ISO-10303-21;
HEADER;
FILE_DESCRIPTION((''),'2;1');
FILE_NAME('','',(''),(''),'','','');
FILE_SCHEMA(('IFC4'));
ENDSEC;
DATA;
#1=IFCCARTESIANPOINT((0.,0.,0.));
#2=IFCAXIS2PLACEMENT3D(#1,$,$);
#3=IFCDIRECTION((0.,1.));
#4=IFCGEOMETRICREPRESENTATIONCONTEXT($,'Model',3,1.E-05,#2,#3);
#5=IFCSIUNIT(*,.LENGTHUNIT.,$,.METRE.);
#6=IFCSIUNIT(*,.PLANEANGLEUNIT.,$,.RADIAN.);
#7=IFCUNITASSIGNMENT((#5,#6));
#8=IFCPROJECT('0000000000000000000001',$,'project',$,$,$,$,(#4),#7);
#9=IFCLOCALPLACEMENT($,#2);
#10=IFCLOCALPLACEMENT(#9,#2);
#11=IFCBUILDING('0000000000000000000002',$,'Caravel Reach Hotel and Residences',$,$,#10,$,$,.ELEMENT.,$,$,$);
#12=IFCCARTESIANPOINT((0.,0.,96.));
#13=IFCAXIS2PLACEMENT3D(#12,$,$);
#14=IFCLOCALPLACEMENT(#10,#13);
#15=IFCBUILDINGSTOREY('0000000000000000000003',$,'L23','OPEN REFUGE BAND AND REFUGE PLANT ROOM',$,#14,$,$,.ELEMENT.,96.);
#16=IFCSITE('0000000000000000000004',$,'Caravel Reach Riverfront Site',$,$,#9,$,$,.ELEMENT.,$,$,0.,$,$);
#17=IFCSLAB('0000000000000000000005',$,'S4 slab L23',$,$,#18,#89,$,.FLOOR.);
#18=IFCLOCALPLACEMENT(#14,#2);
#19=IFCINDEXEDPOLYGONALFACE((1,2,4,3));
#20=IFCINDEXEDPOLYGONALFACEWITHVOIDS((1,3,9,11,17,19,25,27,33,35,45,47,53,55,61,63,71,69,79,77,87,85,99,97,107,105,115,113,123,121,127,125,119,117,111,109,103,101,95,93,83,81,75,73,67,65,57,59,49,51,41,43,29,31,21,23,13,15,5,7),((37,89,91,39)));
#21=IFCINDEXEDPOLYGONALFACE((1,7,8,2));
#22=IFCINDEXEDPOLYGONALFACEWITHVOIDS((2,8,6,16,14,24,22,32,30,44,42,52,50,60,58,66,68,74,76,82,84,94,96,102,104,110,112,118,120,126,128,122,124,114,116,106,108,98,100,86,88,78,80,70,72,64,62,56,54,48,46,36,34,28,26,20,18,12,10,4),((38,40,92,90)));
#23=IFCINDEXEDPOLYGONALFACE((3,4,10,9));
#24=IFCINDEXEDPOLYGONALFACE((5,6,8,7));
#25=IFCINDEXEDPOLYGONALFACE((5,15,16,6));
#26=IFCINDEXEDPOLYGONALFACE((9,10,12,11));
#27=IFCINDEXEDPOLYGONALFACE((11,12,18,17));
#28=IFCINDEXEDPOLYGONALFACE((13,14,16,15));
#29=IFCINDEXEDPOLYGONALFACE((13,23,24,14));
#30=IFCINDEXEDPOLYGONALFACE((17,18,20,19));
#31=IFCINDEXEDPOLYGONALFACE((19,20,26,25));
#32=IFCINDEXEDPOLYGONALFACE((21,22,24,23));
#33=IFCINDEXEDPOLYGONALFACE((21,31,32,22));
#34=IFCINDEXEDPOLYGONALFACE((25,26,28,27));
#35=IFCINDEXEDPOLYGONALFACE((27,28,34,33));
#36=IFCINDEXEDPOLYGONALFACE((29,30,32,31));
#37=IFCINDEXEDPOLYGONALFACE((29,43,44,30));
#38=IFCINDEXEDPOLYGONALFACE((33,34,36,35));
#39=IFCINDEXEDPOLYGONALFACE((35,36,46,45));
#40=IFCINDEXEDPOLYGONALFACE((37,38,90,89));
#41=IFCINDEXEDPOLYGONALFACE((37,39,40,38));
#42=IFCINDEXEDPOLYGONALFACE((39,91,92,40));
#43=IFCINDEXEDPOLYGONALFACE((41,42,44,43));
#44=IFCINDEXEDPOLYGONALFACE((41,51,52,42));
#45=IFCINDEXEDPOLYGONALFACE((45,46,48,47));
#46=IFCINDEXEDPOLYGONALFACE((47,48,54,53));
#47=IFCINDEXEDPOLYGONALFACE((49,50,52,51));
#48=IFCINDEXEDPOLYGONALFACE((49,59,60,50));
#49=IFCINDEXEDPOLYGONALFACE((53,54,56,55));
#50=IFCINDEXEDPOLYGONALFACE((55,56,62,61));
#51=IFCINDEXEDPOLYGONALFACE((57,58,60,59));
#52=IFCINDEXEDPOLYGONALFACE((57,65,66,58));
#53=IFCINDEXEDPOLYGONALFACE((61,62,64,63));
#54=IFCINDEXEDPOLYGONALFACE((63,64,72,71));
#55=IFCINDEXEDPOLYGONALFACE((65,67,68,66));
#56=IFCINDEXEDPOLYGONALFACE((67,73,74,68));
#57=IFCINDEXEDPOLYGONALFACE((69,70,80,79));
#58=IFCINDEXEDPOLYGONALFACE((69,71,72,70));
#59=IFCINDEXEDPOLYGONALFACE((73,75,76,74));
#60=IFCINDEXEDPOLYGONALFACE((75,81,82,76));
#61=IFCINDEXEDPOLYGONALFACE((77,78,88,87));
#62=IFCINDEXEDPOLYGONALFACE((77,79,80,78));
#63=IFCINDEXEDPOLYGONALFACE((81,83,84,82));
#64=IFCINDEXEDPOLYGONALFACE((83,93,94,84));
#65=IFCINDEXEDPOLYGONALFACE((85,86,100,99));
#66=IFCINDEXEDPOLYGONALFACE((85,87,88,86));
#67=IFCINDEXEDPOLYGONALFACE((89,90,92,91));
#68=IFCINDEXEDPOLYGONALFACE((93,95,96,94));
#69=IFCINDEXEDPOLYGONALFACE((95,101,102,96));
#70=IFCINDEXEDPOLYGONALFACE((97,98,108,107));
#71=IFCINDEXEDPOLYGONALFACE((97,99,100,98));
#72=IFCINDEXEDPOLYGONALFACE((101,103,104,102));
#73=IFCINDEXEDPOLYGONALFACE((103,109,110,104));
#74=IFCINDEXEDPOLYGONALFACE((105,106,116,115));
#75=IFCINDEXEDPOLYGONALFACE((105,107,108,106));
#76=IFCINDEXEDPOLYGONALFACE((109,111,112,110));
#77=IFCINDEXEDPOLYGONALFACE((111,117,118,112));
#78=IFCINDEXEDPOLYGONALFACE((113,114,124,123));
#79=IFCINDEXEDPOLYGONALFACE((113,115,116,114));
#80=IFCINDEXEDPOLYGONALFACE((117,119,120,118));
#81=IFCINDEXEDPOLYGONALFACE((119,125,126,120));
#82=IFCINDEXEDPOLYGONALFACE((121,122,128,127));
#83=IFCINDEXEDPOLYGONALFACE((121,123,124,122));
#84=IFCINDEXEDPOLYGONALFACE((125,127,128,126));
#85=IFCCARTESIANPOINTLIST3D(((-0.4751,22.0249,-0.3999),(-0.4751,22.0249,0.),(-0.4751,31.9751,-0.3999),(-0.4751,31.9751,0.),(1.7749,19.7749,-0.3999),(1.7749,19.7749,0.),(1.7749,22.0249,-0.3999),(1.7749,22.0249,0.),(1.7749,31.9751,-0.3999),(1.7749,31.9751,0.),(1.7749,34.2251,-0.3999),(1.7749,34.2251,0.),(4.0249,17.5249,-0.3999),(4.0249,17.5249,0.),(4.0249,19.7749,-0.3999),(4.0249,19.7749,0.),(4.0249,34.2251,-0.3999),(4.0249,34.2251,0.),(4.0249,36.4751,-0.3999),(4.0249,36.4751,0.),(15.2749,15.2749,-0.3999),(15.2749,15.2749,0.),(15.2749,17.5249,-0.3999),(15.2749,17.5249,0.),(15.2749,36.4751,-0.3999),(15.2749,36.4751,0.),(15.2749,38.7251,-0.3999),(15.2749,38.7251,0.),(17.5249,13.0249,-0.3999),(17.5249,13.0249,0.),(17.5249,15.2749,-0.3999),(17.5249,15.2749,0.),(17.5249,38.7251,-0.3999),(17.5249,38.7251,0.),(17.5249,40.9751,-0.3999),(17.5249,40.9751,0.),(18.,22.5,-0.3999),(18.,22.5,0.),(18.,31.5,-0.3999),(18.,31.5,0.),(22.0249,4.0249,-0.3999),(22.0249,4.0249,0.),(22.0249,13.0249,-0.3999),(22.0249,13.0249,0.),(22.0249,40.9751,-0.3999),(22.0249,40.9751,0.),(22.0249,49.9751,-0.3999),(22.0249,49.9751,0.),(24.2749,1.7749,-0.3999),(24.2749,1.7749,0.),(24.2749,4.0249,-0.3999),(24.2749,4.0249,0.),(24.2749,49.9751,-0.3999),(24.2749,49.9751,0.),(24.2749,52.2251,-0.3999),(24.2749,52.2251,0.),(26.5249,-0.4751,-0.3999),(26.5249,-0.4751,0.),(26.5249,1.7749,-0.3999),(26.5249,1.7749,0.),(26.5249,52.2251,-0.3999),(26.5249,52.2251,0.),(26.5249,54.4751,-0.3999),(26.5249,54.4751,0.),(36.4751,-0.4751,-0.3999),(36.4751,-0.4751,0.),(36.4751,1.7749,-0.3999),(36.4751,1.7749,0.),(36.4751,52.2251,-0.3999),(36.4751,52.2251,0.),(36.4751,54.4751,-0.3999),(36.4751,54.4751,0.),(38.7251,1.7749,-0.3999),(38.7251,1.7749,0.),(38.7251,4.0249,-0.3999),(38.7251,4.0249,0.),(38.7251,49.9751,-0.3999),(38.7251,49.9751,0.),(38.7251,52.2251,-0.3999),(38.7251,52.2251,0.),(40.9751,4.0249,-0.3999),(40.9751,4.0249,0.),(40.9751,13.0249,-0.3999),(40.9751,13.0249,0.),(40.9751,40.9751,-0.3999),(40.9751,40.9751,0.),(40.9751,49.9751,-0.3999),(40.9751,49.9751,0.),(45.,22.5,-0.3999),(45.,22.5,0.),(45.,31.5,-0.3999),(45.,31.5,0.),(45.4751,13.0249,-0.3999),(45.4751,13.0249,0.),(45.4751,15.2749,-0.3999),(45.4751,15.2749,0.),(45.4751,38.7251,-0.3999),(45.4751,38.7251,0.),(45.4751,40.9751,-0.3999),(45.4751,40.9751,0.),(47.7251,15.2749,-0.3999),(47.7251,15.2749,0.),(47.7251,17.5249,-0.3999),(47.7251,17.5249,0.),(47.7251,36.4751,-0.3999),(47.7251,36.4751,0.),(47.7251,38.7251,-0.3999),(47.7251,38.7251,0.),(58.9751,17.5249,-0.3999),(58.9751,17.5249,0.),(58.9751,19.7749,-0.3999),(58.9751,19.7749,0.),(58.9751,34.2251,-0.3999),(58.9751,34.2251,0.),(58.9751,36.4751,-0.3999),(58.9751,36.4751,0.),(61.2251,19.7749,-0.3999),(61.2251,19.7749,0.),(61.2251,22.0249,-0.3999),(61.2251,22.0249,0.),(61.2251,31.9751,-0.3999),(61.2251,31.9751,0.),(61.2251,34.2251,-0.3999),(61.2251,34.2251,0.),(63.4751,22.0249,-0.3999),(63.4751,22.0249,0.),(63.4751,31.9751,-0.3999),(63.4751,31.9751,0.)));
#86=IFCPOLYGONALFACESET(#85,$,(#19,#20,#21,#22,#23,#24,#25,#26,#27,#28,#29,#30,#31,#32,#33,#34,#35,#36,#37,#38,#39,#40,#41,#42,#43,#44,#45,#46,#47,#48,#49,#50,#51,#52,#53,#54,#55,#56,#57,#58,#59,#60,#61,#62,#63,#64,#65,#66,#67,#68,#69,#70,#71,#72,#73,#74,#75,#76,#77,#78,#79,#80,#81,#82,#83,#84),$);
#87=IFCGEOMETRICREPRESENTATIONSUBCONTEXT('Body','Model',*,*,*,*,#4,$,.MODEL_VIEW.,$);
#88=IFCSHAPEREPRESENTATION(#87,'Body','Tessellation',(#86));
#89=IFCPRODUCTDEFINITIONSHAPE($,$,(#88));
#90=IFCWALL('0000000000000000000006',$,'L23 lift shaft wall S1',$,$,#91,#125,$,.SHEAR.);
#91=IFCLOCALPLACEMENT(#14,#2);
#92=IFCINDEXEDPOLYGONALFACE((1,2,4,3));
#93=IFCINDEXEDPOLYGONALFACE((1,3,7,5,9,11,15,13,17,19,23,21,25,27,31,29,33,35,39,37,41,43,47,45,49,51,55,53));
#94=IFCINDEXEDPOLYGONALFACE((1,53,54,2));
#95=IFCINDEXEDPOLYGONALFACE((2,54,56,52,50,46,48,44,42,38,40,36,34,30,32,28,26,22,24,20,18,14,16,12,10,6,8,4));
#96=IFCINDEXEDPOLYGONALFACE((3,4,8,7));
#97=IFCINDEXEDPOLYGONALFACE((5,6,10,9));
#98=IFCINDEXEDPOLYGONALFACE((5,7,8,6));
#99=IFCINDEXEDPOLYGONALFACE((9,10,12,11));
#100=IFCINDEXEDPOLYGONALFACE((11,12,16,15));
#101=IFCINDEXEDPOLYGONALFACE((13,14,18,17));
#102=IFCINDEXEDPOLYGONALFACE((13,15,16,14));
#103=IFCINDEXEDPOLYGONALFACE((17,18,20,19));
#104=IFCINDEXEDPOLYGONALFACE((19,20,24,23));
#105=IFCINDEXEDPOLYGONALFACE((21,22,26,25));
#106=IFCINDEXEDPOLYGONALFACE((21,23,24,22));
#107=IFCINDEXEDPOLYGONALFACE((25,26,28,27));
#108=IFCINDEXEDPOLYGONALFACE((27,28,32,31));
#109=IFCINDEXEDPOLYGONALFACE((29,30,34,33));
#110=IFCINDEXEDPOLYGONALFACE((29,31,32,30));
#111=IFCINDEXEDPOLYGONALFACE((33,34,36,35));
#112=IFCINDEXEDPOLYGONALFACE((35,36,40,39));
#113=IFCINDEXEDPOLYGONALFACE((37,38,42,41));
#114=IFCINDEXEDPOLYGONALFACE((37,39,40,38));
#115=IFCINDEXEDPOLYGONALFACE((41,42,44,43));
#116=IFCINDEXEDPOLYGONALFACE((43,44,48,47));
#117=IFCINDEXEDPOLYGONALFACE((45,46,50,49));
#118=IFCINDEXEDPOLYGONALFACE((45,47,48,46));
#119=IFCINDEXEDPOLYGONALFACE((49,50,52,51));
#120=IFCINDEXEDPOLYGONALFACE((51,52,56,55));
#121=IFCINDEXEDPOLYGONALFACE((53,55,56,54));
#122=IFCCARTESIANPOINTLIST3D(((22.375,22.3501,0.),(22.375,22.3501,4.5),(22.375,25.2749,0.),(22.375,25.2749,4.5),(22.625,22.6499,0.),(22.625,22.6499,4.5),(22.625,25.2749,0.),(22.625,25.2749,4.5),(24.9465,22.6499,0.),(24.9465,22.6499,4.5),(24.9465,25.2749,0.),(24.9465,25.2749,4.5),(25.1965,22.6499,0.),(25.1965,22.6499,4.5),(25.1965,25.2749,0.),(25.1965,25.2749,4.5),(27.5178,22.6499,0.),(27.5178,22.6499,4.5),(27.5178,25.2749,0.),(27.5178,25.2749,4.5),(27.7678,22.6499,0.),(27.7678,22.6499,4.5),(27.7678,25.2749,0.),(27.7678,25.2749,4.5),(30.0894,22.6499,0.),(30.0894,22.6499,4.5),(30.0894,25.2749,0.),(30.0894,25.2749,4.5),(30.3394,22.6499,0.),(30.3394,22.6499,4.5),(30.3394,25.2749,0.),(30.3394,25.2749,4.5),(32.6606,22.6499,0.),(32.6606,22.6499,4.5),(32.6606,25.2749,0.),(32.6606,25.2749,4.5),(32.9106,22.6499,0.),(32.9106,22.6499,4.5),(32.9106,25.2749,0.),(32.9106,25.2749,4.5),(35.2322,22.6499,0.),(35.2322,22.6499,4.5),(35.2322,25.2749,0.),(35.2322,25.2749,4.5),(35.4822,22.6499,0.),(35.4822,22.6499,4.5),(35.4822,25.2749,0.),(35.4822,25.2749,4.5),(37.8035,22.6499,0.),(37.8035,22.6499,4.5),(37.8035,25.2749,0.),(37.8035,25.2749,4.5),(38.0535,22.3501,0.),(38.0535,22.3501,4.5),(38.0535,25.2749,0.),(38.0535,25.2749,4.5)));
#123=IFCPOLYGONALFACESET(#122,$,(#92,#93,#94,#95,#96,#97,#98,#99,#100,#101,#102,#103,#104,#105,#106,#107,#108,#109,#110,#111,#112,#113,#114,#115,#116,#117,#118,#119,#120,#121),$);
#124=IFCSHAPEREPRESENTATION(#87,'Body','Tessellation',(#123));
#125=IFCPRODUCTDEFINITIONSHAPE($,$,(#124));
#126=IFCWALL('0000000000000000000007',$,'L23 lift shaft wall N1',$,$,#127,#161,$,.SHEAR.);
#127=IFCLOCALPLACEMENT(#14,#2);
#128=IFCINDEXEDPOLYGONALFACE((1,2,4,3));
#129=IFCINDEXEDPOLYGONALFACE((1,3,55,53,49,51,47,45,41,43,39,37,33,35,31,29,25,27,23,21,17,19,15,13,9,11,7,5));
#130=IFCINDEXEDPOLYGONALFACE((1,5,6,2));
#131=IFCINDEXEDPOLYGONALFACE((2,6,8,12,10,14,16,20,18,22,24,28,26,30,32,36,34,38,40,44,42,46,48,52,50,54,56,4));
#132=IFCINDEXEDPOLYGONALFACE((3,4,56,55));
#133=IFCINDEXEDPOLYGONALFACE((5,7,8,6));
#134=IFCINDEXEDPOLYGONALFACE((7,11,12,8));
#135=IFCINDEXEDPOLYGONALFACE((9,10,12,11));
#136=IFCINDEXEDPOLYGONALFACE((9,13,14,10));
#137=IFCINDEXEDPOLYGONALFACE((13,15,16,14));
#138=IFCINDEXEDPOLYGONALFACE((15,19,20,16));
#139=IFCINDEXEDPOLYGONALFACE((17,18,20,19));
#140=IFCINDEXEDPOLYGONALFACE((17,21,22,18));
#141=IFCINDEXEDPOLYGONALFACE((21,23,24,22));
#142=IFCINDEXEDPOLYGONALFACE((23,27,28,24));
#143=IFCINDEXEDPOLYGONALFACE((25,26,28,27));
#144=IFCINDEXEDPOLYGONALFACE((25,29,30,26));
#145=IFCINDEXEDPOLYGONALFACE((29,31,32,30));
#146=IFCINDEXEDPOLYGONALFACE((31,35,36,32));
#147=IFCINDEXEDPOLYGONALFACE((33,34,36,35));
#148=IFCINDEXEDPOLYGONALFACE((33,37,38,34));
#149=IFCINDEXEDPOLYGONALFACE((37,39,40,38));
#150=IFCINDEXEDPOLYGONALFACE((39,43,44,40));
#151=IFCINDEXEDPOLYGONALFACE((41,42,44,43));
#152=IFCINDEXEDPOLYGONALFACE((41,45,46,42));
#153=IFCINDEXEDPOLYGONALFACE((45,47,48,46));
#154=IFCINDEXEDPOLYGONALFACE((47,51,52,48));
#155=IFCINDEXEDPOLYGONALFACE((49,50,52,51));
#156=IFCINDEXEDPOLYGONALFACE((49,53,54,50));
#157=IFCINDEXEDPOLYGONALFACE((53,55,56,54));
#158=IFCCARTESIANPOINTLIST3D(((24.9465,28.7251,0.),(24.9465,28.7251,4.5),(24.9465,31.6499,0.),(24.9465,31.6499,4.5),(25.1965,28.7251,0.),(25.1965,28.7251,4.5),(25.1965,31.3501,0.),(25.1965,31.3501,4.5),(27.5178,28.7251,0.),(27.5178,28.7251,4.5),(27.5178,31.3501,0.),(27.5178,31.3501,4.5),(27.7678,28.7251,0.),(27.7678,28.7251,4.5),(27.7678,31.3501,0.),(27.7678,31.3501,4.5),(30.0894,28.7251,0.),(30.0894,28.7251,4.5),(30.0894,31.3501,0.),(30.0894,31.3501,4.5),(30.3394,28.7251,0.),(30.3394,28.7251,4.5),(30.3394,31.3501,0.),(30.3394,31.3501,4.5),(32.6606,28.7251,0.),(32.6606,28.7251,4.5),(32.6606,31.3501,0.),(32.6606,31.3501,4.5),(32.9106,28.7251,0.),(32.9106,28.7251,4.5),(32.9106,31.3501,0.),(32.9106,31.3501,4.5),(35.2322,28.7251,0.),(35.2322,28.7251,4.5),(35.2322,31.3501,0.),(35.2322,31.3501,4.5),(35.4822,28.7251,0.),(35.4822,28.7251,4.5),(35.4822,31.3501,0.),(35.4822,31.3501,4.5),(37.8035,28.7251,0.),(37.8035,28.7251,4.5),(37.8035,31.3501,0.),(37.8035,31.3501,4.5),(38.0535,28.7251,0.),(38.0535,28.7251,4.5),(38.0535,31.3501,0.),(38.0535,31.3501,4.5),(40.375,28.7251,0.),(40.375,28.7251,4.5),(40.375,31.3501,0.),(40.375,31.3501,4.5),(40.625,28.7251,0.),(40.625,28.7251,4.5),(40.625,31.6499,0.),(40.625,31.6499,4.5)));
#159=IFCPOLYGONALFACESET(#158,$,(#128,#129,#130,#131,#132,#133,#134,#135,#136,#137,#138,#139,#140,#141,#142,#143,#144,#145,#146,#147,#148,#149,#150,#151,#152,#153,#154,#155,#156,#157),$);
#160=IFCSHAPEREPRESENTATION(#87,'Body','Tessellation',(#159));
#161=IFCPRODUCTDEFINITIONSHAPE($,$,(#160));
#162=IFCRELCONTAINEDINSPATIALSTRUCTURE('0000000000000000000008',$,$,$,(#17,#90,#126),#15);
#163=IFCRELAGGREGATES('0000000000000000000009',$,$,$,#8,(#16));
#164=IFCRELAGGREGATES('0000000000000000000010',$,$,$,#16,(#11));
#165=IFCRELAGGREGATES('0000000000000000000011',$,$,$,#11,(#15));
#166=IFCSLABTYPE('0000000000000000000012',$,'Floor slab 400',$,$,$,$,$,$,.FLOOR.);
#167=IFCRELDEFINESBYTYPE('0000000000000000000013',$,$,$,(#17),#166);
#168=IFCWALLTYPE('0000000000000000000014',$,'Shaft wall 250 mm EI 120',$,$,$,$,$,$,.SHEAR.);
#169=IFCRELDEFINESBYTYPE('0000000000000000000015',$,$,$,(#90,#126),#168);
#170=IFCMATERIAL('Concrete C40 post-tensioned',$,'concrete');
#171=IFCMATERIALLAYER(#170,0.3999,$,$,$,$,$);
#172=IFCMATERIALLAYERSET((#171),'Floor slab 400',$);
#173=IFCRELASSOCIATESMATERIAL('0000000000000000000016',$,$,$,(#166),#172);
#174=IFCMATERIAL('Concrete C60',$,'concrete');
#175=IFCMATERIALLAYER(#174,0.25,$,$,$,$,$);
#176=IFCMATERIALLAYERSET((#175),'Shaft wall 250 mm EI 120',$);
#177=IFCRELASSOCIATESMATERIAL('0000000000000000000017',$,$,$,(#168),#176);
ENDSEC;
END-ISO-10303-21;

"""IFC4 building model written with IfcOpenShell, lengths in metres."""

from ifc_helpers import new_model, si_unit, direction, frame, origin, place, context, subcontext, project, spatial, polyline, outline, extrude, material, layer, layer_set, type_object, element, save


model = new_model("IFC4")

# Units and contexts
model_context = context("Model", 3, precision=1e-05, world=origin(), true_north=direction((0.0, 1.0)))
body_context = subcontext(model_context, "Body", "Model", "MODEL_VIEW")
ifc_project = project(units=[si_unit("LENGTHUNIT", "METRE"), si_unit("PLANEANGLEUNIT", "RADIAN")], contexts=[model_context])

# Site, building, storey
site_placement = place(None, origin())
site = spatial("IfcSite", under=ifc_project, at=site_placement, Name="Caravel Reach Riverfront Site", CompositionType="ELEMENT", RefElevation=0.0)
building_placement = place(site_placement, origin())
building = spatial("IfcBuilding", under=site, at=building_placement, Name="Caravel Reach Hotel and Residences", CompositionType="ELEMENT")
storey_placement = place(building_placement, frame((0.0, 0.0, 96.0)))
storey = spatial("IfcBuildingStorey", under=building, at=storey_placement, Name="L23", Description="OPEN REFUGE BAND AND REFUGE PLANT ROOM", CompositionType="ELEMENT", Elevation=96.0)

# Slab
ifc_material_1 = material(Name="Concrete C40 post-tensioned", Category="concrete")
ifc_layer_1 = layer(ifc_material_1, 0.3999)
ifc_layer_set_1 = layer_set([ifc_layer_1], Name="Floor slab 400")
slab_type_1 = type_object("IfcSlabType", Name="Floor slab 400", PredefinedType="FLOOR", material=ifc_layer_set_1)
slab_1_placement = place(storey_placement, frame((0.0, 0.0, -0.3999)))
element("IfcSlab", 1, at=slab_1_placement, inside=storey, type_object=slab_type_1, Name="S4 slab L23", PredefinedType="FLOOR", context=body_context, shape_type="SweptSolid", body=[
    extrude(outline(polyline([(17.5249, 13.0249), (17.5249, 15.2749), (15.2749, 15.2749), (15.2749, 17.5249), (4.0249, 17.5249), (4.0249, 19.7749), (1.7749, 19.7749), (1.7749, 22.0249), (-0.4751, 22.0249), (-0.4751, 31.9751), (1.7749, 31.9751), (1.7749, 34.2251), (4.0249, 34.2251), (4.0249, 36.4751), (15.2749, 36.4751), (15.2749, 38.7251), (17.5249, 38.7251), (17.5249, 40.9751), (22.0249, 40.9751), (22.0249, 49.9751), (24.2749, 49.9751), (24.2749, 52.2251), (26.5249, 52.2251), (26.5249, 54.4751), (36.4751, 54.4751), (36.4751, 52.2251), (38.7251, 52.2251), (38.7251, 49.9751), (40.9751, 49.9751), (40.9751, 40.9751), (45.4751, 40.9751), (45.4751, 38.7251), (47.7251, 38.7251), (47.7251, 36.4751), (58.9751, 36.4751), (58.9751, 34.2251), (61.2251, 34.2251), (61.2251, 31.9751), (63.4751, 31.9751), (63.4751, 22.0249), (61.2251, 22.0249), (61.2251, 19.7749), (58.9751, 19.7749), (58.9751, 17.5249), (47.7251, 17.5249), (47.7251, 15.2749), (45.4751, 15.2749), (45.4751, 13.0249), (40.9751, 13.0249), (40.9751, 4.0249), (38.7251, 4.0249), (38.7251, 1.7749), (36.4751, 1.7749), (36.4751, -0.4751), (26.5249, -0.4751), (26.5249, 1.7749), (24.2749, 1.7749), (24.2749, 4.0249), (22.0249, 4.0249), (22.0249, 13.0249), (17.5249, 13.0249)]), holes=[polyline([(45.0, 31.5), (18.0, 31.5), (18.0, 22.5), (45.0, 22.5), (45.0, 31.5)])]), origin(), (0.0, 0.0, 1.0), 0.3999),
])

# Walls
ifc_material_2 = material(Name="Concrete C60", Category="concrete")
ifc_layer_2 = layer(ifc_material_2, 0.25)
ifc_layer_set_2 = layer_set([ifc_layer_2], Name="Shaft wall 250 mm EI 120")
wall_type = type_object("IfcWallType", Name="Shaft wall 250 mm EI 120", PredefinedType="SHEAR", material=ifc_layer_set_2)
wall_1_placement = place(storey_placement, origin())
element("IfcWall", 2, at=wall_1_placement, inside=storey, type_object=wall_type, Name="L23 lift shaft wall S1", PredefinedType="SHEAR", context=body_context, shape_type="SweptSolid", body=[
    extrude(outline(polyline([(22.375, 22.3501), (38.0535, 22.3501), (38.0535, 25.2749), (37.8035, 25.2749), (37.8035, 22.6499), (35.4822, 22.6499), (35.4822, 25.2749), (35.2322, 25.2749), (35.2322, 22.6499), (32.9106, 22.6499), (32.9106, 25.2749), (32.6606, 25.2749), (32.6606, 22.6499), (30.3394, 22.6499), (30.3394, 25.2749), (30.0894, 25.2749), (30.0894, 22.6499), (27.7678, 22.6499), (27.7678, 25.2749), (27.5178, 25.2749), (27.5178, 22.6499), (25.1965, 22.6499), (25.1965, 25.2749), (24.9465, 25.2749), (24.9465, 22.6499), (22.625, 22.6499), (22.625, 25.2749), (22.375, 25.2749), (22.375, 22.3501)])), origin(), (0.0, 0.0, 1.0), 4.5),
])
wall_2_placement = place(storey_placement, origin())
element("IfcWall", 3, at=wall_2_placement, inside=storey, type_object=wall_type, Name="L23 lift shaft wall N1", PredefinedType="SHEAR", context=body_context, shape_type="SweptSolid", body=[
    extrude(outline(polyline([(24.9465, 28.7251), (25.1965, 28.7251), (25.1965, 31.3501), (27.5178, 31.3501), (27.5178, 28.7251), (27.7678, 28.7251), (27.7678, 31.3501), (30.0894, 31.3501), (30.0894, 28.7251), (30.3394, 28.7251), (30.3394, 31.3501), (32.6606, 31.3501), (32.6606, 28.7251), (32.9106, 28.7251), (32.9106, 31.3501), (35.2322, 31.3501), (35.2322, 28.7251), (35.4822, 28.7251), (35.4822, 31.3501), (37.8035, 31.3501), (37.8035, 28.7251), (38.0535, 28.7251), (38.0535, 31.3501), (40.375, 31.3501), (40.375, 28.7251), (40.625, 28.7251), (40.625, 31.6499), (24.9465, 31.6499), (24.9465, 28.7251)])), origin(), (0.0, 0.0, 1.0), 4.5),
])

save(model, "model.ifc")
